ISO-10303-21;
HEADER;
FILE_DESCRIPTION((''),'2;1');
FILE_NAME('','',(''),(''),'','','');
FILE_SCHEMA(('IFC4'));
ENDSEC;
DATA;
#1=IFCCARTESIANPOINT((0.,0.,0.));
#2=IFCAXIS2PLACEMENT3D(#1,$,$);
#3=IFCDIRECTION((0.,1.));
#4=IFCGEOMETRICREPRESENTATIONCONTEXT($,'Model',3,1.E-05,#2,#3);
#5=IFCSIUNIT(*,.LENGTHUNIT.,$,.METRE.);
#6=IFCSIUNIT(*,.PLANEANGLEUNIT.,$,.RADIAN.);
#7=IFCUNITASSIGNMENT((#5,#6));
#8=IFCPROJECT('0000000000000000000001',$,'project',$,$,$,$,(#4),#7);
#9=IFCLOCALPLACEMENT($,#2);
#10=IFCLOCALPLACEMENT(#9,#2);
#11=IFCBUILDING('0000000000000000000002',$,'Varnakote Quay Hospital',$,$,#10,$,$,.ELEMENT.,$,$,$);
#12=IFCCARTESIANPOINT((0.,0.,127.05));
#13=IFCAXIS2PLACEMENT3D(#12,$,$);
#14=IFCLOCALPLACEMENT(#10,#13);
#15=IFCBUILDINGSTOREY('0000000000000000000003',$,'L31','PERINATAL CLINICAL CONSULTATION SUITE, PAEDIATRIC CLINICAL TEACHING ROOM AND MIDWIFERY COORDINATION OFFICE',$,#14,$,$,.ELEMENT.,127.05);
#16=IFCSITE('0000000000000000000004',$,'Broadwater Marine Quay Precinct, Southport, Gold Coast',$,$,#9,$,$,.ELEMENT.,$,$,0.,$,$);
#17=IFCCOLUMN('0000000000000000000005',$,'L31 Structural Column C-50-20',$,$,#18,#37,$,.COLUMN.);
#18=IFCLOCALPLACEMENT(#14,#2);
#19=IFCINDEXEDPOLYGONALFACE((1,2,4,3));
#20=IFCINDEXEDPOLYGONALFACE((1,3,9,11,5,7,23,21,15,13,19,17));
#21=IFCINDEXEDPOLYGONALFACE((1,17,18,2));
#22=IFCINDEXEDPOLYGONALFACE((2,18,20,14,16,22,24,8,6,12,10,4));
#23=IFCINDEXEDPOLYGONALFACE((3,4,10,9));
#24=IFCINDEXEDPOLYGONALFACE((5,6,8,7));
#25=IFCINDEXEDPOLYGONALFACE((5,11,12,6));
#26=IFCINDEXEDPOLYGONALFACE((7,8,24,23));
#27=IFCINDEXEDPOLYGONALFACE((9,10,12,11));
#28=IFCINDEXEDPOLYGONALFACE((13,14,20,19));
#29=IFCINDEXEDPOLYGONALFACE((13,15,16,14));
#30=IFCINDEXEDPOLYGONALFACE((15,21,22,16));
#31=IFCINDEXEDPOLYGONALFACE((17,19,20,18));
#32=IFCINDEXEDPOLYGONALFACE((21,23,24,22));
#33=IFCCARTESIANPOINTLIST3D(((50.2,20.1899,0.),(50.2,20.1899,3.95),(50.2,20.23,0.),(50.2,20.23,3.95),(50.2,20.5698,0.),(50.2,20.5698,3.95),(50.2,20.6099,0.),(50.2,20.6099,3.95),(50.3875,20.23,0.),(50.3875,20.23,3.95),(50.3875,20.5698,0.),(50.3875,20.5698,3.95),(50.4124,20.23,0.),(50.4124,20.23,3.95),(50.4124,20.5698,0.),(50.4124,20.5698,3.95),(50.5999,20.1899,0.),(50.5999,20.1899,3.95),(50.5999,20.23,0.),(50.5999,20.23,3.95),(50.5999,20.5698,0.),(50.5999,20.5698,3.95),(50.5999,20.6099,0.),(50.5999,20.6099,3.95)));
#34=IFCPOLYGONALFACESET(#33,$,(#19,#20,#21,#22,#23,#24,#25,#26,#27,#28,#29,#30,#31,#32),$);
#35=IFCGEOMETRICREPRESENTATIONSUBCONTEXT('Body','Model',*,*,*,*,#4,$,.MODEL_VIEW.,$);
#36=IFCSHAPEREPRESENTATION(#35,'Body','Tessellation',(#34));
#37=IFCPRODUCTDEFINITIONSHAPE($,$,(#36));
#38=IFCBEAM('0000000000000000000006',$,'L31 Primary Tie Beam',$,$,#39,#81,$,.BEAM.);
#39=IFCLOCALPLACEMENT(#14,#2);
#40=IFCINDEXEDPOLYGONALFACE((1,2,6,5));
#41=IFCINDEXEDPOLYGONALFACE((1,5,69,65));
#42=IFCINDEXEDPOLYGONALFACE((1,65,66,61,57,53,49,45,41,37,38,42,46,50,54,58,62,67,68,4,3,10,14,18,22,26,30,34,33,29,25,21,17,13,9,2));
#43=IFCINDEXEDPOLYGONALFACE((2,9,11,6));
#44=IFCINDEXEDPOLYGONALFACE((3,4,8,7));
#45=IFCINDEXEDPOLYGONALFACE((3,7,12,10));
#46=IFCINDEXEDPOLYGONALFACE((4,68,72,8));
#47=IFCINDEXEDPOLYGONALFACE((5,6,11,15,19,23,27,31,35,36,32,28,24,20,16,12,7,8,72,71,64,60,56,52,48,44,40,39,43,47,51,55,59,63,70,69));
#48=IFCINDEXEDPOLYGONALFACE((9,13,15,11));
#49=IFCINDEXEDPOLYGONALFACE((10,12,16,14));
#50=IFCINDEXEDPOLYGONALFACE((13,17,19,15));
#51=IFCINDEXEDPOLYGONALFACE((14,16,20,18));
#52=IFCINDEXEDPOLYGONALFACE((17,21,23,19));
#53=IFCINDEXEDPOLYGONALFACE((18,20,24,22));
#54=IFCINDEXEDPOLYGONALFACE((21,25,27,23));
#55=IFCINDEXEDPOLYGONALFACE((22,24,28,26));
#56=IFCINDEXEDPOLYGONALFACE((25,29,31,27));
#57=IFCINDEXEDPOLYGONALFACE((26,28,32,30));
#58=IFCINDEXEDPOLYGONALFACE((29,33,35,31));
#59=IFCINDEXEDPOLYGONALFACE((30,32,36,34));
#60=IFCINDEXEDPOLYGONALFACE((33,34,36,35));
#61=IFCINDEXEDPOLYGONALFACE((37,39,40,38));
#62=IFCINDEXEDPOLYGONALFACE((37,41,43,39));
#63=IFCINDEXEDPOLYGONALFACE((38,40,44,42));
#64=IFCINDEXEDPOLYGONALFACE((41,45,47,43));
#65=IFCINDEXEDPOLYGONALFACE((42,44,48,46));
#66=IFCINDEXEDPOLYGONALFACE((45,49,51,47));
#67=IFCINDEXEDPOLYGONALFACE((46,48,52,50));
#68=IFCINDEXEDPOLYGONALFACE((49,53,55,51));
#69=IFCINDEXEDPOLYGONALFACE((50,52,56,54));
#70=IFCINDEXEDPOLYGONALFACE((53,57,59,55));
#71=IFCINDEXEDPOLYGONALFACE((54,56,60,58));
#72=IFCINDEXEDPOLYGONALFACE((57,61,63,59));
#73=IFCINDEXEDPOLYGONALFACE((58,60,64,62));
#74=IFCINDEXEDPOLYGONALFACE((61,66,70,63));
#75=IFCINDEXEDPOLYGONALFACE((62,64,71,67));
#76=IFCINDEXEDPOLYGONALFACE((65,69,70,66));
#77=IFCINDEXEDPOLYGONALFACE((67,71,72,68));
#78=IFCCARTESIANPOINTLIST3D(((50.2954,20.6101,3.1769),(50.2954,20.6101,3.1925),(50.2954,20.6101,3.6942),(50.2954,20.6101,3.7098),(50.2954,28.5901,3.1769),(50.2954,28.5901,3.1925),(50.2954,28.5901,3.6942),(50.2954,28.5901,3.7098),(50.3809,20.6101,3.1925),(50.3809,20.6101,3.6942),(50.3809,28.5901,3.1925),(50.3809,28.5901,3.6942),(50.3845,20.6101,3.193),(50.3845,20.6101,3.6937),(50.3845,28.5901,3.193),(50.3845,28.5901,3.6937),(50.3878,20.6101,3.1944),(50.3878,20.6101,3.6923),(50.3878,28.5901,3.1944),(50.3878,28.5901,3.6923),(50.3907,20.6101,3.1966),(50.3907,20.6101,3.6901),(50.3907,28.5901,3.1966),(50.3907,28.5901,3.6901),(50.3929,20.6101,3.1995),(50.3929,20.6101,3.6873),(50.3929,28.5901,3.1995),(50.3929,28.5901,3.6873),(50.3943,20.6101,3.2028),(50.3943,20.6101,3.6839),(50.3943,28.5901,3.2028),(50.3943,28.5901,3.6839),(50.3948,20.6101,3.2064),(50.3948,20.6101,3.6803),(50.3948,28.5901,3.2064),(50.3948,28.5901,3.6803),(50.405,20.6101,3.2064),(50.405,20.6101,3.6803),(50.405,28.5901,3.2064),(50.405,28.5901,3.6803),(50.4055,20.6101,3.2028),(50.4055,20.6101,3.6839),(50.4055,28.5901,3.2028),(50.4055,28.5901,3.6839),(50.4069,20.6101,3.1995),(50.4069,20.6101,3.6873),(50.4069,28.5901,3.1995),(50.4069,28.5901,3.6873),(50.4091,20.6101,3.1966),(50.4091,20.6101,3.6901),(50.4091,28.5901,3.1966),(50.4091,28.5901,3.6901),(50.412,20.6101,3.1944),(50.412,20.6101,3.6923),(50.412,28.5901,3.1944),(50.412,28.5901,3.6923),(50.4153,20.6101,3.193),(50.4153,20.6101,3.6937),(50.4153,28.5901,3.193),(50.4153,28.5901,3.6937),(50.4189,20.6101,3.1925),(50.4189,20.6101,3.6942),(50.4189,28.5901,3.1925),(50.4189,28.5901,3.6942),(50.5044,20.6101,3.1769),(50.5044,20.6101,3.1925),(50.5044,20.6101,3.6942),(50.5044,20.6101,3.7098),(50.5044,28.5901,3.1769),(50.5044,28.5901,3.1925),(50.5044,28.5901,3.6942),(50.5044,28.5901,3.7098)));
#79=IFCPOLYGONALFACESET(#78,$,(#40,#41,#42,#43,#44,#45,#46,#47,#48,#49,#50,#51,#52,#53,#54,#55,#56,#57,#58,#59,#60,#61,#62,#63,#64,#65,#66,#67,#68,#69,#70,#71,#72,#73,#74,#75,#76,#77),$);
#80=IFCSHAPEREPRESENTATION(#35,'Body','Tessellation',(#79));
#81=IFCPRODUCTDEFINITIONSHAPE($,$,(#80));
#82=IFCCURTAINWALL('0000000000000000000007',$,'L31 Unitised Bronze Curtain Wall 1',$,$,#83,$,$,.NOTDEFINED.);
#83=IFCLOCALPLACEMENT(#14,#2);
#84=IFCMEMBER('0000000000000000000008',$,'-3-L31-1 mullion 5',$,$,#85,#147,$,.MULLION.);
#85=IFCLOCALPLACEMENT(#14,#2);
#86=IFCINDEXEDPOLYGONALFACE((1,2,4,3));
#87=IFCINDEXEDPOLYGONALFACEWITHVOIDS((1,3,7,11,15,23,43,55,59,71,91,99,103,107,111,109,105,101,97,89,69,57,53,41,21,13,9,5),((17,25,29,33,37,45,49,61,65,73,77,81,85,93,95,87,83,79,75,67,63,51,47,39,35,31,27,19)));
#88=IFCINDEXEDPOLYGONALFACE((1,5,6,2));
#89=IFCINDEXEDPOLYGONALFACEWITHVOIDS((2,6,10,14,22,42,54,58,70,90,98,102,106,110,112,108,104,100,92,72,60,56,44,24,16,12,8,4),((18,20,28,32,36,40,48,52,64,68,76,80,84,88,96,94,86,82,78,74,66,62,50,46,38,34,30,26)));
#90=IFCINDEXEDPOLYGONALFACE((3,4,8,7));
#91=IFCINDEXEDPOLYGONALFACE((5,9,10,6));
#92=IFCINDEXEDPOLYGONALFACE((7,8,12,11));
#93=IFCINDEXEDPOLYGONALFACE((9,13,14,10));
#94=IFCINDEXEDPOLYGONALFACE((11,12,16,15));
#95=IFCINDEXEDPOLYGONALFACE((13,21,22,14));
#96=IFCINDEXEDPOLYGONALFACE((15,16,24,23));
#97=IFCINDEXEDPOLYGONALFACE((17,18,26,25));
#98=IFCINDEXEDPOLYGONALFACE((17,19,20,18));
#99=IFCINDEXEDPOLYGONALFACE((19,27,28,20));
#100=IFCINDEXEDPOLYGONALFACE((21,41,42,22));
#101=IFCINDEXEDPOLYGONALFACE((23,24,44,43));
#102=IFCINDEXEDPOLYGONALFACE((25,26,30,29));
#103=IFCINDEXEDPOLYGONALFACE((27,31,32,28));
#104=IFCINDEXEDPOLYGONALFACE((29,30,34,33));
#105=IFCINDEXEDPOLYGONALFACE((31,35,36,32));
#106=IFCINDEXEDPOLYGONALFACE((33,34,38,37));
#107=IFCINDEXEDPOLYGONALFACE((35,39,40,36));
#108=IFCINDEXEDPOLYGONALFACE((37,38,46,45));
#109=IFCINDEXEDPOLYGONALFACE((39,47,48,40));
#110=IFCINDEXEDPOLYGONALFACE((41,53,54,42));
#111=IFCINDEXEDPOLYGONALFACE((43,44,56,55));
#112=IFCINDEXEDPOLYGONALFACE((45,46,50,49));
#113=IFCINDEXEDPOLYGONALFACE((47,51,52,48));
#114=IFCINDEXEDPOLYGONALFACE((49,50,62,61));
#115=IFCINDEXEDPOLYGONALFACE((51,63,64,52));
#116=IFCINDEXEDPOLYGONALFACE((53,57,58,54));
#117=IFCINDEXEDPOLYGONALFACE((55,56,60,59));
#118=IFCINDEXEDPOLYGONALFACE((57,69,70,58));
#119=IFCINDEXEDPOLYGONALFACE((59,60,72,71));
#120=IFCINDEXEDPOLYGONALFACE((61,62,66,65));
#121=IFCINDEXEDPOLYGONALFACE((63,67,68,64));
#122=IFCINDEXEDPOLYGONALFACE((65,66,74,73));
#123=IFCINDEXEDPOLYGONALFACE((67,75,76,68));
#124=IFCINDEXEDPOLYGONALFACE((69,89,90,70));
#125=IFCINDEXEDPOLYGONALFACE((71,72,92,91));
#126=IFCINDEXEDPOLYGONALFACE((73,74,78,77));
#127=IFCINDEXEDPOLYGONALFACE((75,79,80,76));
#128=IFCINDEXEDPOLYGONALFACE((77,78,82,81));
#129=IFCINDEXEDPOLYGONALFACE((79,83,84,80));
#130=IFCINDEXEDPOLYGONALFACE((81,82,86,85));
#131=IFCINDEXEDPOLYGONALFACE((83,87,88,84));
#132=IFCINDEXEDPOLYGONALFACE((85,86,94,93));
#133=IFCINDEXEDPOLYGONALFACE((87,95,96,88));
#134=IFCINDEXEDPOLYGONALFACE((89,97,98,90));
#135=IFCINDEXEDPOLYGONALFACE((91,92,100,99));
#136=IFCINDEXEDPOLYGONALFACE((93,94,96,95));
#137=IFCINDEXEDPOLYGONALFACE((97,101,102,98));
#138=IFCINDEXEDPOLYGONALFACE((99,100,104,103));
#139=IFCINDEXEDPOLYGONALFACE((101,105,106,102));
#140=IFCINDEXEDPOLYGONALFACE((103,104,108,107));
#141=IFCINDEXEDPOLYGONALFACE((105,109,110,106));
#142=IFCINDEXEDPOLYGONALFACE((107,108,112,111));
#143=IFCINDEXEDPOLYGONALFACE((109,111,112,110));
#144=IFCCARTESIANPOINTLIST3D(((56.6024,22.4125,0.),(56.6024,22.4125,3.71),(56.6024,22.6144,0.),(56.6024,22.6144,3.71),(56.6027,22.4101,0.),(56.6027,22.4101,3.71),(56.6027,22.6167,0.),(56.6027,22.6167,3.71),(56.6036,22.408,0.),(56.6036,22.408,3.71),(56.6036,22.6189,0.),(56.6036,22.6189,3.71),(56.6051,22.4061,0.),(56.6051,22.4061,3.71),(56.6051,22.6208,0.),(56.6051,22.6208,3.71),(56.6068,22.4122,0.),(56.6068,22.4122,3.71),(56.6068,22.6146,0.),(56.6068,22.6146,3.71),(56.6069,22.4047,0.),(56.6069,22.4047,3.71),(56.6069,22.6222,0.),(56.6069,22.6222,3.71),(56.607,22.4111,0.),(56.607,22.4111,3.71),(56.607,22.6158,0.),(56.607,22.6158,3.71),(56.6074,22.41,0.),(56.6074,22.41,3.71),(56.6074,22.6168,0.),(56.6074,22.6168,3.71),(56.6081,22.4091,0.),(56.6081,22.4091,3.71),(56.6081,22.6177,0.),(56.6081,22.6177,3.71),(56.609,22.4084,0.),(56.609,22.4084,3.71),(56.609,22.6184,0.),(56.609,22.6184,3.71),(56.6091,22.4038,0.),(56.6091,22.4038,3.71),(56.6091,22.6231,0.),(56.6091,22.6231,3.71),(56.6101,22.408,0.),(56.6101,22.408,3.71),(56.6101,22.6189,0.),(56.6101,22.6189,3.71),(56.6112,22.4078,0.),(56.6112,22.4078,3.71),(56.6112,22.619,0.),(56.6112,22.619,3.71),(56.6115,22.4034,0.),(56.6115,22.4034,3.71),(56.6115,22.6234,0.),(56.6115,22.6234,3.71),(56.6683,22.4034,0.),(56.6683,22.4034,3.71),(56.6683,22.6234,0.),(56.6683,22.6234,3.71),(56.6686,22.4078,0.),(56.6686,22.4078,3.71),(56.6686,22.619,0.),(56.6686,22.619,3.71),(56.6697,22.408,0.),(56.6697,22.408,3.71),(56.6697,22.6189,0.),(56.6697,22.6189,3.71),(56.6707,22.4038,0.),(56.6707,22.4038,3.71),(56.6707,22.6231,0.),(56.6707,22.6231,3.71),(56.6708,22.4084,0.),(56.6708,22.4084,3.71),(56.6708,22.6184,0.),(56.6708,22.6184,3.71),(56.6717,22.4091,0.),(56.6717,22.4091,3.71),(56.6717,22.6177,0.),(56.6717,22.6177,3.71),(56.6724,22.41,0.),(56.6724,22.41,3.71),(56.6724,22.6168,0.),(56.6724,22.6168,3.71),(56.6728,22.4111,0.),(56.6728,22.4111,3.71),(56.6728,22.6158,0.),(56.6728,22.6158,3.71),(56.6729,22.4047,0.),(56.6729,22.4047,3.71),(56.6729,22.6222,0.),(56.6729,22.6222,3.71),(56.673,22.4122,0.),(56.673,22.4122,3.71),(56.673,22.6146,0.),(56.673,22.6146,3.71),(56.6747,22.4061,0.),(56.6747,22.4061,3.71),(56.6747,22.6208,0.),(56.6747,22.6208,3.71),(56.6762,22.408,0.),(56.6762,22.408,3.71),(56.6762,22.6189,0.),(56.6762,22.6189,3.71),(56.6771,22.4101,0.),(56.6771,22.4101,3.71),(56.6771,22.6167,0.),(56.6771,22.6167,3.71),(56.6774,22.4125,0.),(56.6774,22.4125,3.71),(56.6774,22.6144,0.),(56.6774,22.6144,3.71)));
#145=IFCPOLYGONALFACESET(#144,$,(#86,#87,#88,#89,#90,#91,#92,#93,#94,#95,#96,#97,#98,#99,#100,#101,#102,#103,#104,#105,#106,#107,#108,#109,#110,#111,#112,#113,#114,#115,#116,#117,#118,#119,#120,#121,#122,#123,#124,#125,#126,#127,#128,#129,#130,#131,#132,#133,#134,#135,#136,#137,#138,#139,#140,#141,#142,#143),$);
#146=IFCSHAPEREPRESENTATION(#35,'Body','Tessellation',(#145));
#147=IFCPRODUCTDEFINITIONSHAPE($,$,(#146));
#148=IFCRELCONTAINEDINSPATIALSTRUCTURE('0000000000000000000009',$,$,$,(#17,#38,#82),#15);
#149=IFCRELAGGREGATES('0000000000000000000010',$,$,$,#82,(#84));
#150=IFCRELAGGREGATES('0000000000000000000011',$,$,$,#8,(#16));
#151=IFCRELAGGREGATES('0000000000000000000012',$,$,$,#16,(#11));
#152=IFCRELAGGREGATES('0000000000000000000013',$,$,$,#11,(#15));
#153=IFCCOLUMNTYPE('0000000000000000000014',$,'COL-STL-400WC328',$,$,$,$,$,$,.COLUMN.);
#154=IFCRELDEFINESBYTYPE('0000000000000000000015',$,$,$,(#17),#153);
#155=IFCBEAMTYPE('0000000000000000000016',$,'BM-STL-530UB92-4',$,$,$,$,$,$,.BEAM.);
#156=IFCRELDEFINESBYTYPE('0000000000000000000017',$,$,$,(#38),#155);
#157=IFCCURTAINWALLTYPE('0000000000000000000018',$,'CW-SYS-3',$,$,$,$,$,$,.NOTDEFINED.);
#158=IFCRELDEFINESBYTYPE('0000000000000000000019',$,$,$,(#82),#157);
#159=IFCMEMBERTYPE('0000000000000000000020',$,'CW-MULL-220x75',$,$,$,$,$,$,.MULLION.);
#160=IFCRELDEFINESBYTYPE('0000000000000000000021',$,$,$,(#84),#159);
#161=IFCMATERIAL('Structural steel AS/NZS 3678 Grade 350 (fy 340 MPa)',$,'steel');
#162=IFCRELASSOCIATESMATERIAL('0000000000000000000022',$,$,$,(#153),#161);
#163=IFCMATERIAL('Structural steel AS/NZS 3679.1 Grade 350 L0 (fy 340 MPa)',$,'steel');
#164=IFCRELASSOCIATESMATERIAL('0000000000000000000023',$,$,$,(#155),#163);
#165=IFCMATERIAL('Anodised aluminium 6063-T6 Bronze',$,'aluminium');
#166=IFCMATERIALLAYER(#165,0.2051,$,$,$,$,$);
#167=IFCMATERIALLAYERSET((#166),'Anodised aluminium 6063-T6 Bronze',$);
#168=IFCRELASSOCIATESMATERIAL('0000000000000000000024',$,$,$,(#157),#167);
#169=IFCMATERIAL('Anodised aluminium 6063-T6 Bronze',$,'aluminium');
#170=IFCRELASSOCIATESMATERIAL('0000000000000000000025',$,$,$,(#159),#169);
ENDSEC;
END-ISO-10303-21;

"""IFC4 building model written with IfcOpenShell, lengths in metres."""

from ifc_helpers import new_model, si_unit, direction, frame, origin, origin_2d, place, context, subcontext, project, spatial, hollow_rectangle, i_section, extrude, material, layer, layer_set, material_profile, profile_set, type_object, element, aggregate, save


model = new_model("IFC4")

# Units and contexts
model_context = context("Model", 3, precision=1e-05, world=origin(), true_north=direction((0.0, 1.0)))
body_context = subcontext(model_context, "Body", "Model", "MODEL_VIEW")
ifc_project = project(units=[si_unit("LENGTHUNIT", "METRE"), si_unit("PLANEANGLEUNIT", "RADIAN")], contexts=[model_context])

# Site, building, storey
site_placement = place(None, origin())
site = spatial("IfcSite", under=ifc_project, at=site_placement, Name="Broadwater Marine Quay Precinct, Southport, Gold Coast", CompositionType="ELEMENT", RefElevation=0.0)
building_placement = place(site_placement, origin())
building = spatial("IfcBuilding", under=site, at=building_placement, Name="Varnakote Quay Hospital", CompositionType="ELEMENT")
storey_placement = place(building_placement, frame((0.0, 0.0, 127.05)))
storey = spatial("IfcBuildingStorey", under=building, at=storey_placement, Name="L31", Description="PERINATAL CLINICAL CONSULTATION SUITE, PAEDIATRIC CLINICAL TEACHING ROOM AND MIDWIFERY COORDINATION OFFICE", CompositionType="ELEMENT", Elevation=127.05)

# Column
ifc_material_1 = material(Name="Structural steel AS/NZS 3678 Grade 350 (fy 340 MPa)", Category="steel")
ifc_material_profile_1 = material_profile(ifc_material_1, i_section(OverallWidth=0.3999, OverallDepth=0.4199, WebThickness=0.0249, FlangeThickness=0.04, at=origin_2d()), Name="400WC328")
ifc_profile_set_1 = profile_set([ifc_material_profile_1], Name="Structural steel AS/NZS 3678 Grade 350 (fy 340 MPa)")
column_type = type_object("IfcColumnType", Name="COL-STL-400WC328", PredefinedType="COLUMN", material=ifc_profile_set_1)
column_placement = place(storey_placement, frame((50.3999, 20.3999, 0.0), z_axis=(0.0, 0.0, 1.0), x_axis=(1.0, 0.0, 0.0)))
element("IfcColumn", 1, at=column_placement, inside=storey, type_object=column_type, Name="L31 Structural Column C-50-20", PredefinedType="COLUMN", context=body_context, shape_type="SweptSolid", body=[
    extrude(i_section(OverallWidth=0.3999, OverallDepth=0.4199, WebThickness=0.0249, FlangeThickness=0.04, at=origin_2d()), origin(), (0.0, 0.0, 1.0), 3.95),
])

# Beam
ifc_material_2 = material(Name="Structural steel AS/NZS 3679.1 Grade 350 L0 (fy 340 MPa)", Category="steel")
ifc_material_profile_2 = material_profile(ifc_material_2, i_section(OverallWidth=0.209, OverallDepth=0.533, WebThickness=0.0103, FlangeThickness=0.0156, FilletRadius=0.0139, at=origin_2d()), Name="530UB92.4")
ifc_profile_set_2 = profile_set([ifc_material_profile_2], Name="Structural steel AS/NZS 3679.1 Grade 350 L0 (fy 340 MPa)")
beam_type = type_object("IfcBeamType", Name="BM-STL-530UB92-4", PredefinedType="BEAM", material=ifc_profile_set_2)
beam_placement = place(storey_placement, frame((50.3999, 20.6101, 3.4434), z_axis=(0.0, 1.0, 0.0), x_axis=(-1.0, 0.0, 0.0)))
element("IfcBeam", 2, at=beam_placement, inside=storey, type_object=beam_type, Name="L31 Primary Tie Beam", PredefinedType="BEAM", context=body_context, shape_type="SweptSolid", body=[
    extrude(i_section(OverallWidth=0.209, OverallDepth=0.533, WebThickness=0.0103, FlangeThickness=0.0156, FilletRadius=0.0139, at=origin_2d()), origin(), (0.0, 0.0, 1.0), 7.98),
])

# Curtain wall, member
ifc_material_3 = material(Name="Anodised aluminium 6063-T6 Bronze", Category="aluminium")
ifc_layer_1 = layer(ifc_material_3, 0.2051)
ifc_layer_set_1 = layer_set([ifc_layer_1], Name="Anodised aluminium 6063-T6 Bronze")
curtain_wall_type = type_object("IfcCurtainWallType", Name="CW-SYS-3", PredefinedType="NOTDEFINED", material=ifc_layer_set_1)
curtain_wall_placement = place(storey_placement, origin())
curtain_wall = element("IfcCurtainWall", 3, at=curtain_wall_placement, inside=storey, type_object=curtain_wall_type, Name="L31 Unitised Bronze Curtain Wall 1", PredefinedType="NOTDEFINED")
ifc_material_4 = material(Name="Anodised aluminium 6063-T6 Bronze", Category="aluminium")
ifc_material_profile_3 = material_profile(ifc_material_4, hollow_rectangle(XDim=0.075, YDim=0.22, WallThickness=0.0044, InnerFilletRadius=0.0044, OuterFilletRadius=0.009, at=origin_2d()), Name="CW-MULL-220x75")
ifc_profile_set_3 = profile_set([ifc_material_profile_3], Name="Anodised aluminium 6063-T6 Bronze")
member_type_1 = type_object("IfcMemberType", Name="CW-MULL-220x75", PredefinedType="MULLION", material=ifc_profile_set_3)
member_1_placement = place(storey_placement, frame((56.6399, 22.5134, 0.0), z_axis=(0.0, 0.0, 1.0), x_axis=(-1.0, 0.0, 0.0)))
member_1 = element("IfcMember", 4, at=member_1_placement, type_object=member_type_1, Name="-3-L31-1 mullion 5", PredefinedType="MULLION", context=body_context, shape_type="SweptSolid", body=[
    extrude(hollow_rectangle(XDim=0.075, YDim=0.22, WallThickness=0.0044, InnerFilletRadius=0.0044, OuterFilletRadius=0.009, at=origin_2d()), origin(), (0.0, 0.0, 1.0), 3.71),
])
aggregate(curtain_wall, [member_1])

save(model, "model.ifc")
